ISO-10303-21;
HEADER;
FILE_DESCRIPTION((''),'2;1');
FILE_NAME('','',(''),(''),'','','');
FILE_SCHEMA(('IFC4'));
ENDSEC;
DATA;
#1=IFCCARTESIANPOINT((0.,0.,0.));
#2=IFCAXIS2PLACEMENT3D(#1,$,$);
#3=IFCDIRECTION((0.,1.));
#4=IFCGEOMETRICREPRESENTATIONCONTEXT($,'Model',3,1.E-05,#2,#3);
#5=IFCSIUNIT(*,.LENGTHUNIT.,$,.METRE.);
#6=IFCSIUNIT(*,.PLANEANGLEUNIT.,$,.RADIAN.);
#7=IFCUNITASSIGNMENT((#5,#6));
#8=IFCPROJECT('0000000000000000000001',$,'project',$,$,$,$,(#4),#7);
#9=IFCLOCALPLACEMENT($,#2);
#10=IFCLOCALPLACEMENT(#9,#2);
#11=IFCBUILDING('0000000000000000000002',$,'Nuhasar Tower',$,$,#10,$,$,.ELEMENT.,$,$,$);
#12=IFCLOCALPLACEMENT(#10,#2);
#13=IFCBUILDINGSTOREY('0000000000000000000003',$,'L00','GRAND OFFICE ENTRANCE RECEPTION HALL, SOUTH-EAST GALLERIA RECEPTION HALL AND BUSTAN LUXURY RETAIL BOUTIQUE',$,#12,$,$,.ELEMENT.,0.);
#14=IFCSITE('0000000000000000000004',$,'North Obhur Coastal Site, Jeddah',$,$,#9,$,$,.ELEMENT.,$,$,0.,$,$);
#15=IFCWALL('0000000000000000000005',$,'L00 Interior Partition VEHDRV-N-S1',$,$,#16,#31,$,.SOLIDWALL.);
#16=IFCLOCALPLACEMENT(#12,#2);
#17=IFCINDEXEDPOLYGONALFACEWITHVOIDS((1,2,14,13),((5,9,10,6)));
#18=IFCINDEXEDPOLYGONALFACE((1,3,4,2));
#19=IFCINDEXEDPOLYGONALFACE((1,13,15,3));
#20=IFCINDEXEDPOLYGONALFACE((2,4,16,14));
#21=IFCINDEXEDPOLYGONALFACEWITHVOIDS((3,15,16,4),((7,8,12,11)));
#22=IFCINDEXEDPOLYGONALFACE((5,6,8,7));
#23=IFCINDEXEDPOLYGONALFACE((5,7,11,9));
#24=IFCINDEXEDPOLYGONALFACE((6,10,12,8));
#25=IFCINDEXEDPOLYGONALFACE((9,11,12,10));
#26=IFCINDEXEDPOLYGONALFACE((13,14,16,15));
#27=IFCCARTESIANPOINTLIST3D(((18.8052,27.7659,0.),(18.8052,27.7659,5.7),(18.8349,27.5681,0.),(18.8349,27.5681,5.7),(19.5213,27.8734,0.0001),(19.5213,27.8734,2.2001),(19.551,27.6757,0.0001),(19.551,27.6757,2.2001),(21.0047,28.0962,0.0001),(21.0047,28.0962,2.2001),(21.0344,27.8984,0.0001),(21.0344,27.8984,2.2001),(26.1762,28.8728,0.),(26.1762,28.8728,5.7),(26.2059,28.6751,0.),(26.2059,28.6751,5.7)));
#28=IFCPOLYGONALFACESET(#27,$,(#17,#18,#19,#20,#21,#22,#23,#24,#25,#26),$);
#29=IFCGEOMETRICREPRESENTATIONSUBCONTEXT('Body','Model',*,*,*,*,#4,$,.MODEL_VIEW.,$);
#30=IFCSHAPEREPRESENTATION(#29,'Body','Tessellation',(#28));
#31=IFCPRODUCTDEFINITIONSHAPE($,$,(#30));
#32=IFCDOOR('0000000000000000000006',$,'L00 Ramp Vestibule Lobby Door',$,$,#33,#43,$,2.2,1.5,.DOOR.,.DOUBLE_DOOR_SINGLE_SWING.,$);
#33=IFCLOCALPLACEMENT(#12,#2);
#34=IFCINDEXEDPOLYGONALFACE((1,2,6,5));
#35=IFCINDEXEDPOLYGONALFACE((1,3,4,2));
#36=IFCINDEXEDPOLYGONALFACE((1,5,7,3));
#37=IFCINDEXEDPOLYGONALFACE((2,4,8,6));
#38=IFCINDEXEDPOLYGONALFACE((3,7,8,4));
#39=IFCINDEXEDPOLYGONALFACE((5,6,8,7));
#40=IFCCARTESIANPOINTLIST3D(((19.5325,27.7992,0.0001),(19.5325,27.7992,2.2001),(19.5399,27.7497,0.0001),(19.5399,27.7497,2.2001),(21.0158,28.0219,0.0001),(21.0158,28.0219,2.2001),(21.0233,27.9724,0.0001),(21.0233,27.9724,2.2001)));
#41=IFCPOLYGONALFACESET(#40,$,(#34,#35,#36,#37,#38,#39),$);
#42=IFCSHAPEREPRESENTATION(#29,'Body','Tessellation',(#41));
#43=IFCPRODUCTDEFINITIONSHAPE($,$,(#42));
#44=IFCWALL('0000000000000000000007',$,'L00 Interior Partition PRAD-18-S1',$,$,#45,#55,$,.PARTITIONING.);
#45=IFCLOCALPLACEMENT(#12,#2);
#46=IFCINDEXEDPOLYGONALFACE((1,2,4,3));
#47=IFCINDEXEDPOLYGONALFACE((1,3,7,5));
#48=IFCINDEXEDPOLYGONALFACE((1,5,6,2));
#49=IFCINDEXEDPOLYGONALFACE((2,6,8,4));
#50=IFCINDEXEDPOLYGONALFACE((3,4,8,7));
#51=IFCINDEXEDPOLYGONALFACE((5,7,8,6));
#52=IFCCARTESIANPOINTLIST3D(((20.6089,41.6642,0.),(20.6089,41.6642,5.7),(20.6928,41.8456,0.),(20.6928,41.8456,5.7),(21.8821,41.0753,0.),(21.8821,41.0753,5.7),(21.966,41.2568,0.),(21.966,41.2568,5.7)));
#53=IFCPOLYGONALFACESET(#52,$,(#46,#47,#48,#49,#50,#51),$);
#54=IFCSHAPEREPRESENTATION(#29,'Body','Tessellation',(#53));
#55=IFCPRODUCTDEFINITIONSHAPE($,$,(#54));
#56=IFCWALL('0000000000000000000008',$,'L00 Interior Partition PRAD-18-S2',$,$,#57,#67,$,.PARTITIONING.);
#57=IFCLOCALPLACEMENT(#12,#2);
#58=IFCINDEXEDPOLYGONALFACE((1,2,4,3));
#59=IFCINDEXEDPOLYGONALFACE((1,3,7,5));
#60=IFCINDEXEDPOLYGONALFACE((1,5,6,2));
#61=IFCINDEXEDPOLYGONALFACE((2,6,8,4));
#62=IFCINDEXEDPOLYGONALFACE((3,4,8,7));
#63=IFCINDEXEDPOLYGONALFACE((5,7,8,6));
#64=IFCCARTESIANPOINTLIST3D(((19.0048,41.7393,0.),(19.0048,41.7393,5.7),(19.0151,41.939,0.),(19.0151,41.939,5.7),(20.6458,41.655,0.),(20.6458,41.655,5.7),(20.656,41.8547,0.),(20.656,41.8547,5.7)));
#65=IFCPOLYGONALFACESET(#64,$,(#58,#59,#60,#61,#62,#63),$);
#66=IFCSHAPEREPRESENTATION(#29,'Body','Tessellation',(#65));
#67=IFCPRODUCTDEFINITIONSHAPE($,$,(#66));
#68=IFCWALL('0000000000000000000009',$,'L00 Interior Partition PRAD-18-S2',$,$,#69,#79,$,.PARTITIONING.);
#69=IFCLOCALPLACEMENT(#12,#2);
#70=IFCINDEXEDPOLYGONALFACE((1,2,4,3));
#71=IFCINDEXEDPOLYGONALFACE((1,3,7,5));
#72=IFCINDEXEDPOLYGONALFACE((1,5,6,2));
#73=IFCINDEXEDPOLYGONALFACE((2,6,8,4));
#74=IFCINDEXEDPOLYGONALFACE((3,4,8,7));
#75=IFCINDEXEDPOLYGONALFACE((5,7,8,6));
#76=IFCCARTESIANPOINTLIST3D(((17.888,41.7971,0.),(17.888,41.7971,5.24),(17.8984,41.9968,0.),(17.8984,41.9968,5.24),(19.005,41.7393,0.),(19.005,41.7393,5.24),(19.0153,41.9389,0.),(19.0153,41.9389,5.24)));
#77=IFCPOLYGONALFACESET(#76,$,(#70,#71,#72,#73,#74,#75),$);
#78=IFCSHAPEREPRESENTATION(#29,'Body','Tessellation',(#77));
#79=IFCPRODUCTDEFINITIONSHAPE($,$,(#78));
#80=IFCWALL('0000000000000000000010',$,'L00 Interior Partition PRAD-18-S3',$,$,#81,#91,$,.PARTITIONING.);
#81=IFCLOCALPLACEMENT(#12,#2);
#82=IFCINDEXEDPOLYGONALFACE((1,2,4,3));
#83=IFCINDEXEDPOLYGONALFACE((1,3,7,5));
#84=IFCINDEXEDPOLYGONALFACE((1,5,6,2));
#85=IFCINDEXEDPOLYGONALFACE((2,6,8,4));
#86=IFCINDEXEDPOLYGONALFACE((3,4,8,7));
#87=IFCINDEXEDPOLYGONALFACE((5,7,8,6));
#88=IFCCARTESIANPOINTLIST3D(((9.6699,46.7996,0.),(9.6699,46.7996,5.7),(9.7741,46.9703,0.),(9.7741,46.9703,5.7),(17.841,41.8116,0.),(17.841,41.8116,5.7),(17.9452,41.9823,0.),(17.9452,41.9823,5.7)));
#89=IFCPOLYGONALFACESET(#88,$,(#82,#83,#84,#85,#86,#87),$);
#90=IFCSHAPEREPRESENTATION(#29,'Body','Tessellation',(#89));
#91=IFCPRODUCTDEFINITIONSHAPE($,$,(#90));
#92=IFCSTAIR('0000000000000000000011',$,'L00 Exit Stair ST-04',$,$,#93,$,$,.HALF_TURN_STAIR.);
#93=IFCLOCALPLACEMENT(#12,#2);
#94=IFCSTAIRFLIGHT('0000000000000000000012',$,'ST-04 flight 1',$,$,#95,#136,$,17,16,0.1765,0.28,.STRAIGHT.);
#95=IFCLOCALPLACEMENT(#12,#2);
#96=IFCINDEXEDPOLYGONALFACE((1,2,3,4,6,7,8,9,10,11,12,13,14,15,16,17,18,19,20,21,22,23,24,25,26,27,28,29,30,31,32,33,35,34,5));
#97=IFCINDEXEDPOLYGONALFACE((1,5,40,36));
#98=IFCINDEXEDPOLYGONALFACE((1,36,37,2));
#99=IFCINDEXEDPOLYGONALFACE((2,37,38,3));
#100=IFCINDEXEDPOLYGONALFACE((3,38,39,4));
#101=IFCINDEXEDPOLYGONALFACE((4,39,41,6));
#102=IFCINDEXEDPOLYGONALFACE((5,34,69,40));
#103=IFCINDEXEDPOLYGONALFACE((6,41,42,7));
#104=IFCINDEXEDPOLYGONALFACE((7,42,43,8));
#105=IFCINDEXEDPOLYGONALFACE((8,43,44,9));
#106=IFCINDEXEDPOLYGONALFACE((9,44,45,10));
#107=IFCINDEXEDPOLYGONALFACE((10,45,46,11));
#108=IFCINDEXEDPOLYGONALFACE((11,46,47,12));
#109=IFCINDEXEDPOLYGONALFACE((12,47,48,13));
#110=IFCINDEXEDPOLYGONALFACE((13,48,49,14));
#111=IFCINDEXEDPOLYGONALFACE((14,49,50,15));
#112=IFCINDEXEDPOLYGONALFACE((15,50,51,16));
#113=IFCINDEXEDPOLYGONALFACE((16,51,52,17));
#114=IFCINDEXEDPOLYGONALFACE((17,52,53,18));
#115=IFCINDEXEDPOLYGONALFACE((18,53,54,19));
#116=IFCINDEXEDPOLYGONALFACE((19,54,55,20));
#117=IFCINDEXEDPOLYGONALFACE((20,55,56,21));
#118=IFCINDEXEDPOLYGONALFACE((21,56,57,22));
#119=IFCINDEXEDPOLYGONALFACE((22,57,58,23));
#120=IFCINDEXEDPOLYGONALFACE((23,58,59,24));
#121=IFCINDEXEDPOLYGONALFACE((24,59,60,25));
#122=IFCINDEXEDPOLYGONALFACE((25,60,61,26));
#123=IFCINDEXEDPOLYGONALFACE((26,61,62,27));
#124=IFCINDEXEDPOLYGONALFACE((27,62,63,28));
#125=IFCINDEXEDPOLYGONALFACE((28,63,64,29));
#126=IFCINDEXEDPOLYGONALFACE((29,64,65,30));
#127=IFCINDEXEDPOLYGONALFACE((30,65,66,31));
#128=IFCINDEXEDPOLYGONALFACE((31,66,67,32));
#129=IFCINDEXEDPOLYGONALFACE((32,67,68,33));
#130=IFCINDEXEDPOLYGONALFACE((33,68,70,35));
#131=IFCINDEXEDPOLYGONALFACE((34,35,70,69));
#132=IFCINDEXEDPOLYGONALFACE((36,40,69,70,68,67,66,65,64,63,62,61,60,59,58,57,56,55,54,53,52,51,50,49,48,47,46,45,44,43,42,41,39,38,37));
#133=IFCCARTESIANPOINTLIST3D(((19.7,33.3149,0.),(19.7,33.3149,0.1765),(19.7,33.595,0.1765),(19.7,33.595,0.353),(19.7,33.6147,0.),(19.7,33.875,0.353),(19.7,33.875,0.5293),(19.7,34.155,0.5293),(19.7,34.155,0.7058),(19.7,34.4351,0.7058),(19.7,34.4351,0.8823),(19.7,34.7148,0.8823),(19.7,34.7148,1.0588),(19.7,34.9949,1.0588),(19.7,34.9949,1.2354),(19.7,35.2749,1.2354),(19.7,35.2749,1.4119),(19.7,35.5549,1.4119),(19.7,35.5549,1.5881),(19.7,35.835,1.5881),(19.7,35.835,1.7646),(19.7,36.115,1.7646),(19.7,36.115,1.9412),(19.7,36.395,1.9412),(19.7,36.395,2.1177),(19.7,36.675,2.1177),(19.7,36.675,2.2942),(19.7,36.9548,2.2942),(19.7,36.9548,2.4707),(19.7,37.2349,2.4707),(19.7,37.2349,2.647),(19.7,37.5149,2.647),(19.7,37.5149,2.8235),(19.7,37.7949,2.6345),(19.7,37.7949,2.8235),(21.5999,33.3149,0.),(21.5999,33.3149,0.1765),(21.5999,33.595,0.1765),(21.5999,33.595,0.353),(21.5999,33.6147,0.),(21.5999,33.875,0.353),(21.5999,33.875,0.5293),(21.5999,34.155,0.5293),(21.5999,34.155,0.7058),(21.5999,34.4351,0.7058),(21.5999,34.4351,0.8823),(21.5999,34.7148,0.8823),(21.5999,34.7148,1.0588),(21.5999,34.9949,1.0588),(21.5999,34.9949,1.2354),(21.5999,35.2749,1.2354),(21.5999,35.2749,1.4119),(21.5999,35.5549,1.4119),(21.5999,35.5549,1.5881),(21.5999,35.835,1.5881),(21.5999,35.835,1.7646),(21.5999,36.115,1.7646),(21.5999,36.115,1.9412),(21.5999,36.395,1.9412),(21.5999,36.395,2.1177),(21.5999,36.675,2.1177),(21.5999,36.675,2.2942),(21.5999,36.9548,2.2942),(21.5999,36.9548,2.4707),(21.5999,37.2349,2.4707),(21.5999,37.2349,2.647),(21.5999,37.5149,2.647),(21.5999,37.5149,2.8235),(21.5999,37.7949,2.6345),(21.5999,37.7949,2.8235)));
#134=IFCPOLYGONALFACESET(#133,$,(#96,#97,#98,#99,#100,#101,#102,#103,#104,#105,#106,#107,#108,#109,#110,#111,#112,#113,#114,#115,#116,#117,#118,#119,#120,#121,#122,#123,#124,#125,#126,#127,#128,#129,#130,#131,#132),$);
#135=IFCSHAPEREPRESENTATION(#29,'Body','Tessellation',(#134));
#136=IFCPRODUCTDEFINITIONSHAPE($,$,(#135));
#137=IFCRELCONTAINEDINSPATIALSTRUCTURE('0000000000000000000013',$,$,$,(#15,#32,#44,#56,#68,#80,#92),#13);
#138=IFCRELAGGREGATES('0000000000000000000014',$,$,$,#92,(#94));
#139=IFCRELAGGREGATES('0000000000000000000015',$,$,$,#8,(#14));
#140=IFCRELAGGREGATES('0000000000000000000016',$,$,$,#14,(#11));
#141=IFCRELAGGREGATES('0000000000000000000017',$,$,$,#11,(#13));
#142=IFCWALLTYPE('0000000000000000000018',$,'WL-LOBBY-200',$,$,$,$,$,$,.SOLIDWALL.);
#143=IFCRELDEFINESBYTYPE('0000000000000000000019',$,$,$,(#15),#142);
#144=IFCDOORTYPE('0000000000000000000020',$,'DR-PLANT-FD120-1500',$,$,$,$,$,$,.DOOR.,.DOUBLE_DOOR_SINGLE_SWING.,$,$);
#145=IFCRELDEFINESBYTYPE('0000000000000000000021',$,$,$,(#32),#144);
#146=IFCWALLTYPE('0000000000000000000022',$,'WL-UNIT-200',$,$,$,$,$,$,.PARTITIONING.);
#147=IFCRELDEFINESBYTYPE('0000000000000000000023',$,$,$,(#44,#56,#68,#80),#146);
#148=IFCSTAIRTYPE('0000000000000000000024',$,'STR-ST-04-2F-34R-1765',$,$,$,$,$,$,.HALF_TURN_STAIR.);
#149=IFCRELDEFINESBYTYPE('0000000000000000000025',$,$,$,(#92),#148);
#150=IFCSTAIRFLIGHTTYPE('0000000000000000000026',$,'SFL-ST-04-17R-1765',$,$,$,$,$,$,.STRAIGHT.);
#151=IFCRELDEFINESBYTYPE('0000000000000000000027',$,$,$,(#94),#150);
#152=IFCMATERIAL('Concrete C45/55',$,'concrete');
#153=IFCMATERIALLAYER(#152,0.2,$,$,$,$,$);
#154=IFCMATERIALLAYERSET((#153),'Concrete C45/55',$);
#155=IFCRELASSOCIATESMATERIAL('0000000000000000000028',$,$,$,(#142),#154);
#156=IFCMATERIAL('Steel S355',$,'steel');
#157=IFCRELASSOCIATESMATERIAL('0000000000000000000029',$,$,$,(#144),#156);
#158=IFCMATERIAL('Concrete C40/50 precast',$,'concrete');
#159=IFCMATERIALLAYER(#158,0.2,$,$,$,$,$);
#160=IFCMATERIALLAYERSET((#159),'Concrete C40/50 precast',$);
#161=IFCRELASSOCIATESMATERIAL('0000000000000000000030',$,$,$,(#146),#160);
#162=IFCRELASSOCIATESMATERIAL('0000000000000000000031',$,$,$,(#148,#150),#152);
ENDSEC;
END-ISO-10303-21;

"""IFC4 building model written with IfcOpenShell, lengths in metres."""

from ifc_helpers import new_model, si_unit, direction, frame, frame_2d, origin, place, context, subcontext, project, spatial, polyline, rectangle, outline, extrude, material, layer, layer_set, type_object, element, fill, aggregate, save


model = new_model("IFC4")

# Units and contexts
model_context = context("Model", 3, precision=1e-05, world=origin(), true_north=direction((0.0, 1.0)))
body_context = subcontext(model_context, "Body", "Model", "MODEL_VIEW")
ifc_project = project(units=[si_unit("LENGTHUNIT", "METRE"), si_unit("PLANEANGLEUNIT", "RADIAN")], contexts=[model_context])

# Site, building, storey
site_placement = place(None, origin())
site = spatial("IfcSite", under=ifc_project, at=site_placement, Name="North Obhur Coastal Site, Jeddah", CompositionType="ELEMENT", RefElevation=0.0)
building_placement = place(site_placement, origin())
building = spatial("IfcBuilding", under=site, at=building_placement, Name="Nuhasar Tower", CompositionType="ELEMENT")
storey_placement = place(building_placement, origin())
storey = spatial("IfcBuildingStorey", under=building, at=storey_placement, Name="L00", Description="GRAND OFFICE ENTRANCE RECEPTION HALL, SOUTH-EAST GALLERIA RECEPTION HALL AND BUSTAN LUXURY RETAIL BOUTIQUE", CompositionType="ELEMENT", Elevation=0.0)

# Shared definitions
ifc_material_1 = material(Name="Steel S355", Category="steel")

# Wall, opening, door
ifc_material_2 = material(Name="Concrete C45/55", Category="concrete")
ifc_layer_1 = layer(ifc_material_2, 0.2)
ifc_layer_set_1 = layer_set([ifc_layer_1], Name="Concrete C45/55")
wall_type_1 = type_object("IfcWallType", Name="WL-LOBBY-200", PredefinedType="SOLIDWALL", material=ifc_layer_set_1)
wall_1_placement = place(storey_placement, frame((18.8201, 27.667, 0.0), z_axis=(0.0, 0.0, 1.0), x_axis=(0.988911, 0.148512, 0.0)))
wall_1 = element("IfcWall", 1, at=wall_1_placement, inside=storey, type_object=wall_type_1, Name="L00 Interior Partition VEHDRV-N-S1", PredefinedType="SOLIDWALL", context=body_context, shape_type="SweptSolid", body=[
    extrude(rectangle(XDim=7.4536, YDim=0.2, at=frame_2d((3.7268, 0.0))), origin(), (0.0, 0.0, 1.0), 5.7),
])
opening_placement = place(wall_1_placement, frame((0.7241, 0.0, 0.0)))
opening = element("IfcOpeningElement", 2, at=opening_placement, cuts=wall_1, PredefinedType="OPENING", context=body_context, shape_type="SweptSolid", body=[
    extrude(rectangle(XDim=1.5, YDim=2.2, at=frame_2d((0.75, 1.1001))), frame((0.0, 0.1099, 0.0), z_axis=(0.0, -1.0, 0.0), x_axis=(1.0, 0.0, 0.0)), (0.0, 0.0, 1.0), 0.22),
])
door_type = type_object("IfcDoorType", Name="DR-PLANT-FD120-1500", OperationType="DOUBLE_DOOR_SINGLE_SWING", PredefinedType="DOOR", material=ifc_material_1)
door_placement = place(opening_placement, origin())
door = element("IfcDoor", 3, at=door_placement, inside=storey, type_object=door_type, Name="L00 Ramp Vestibule Lobby Door", OperationType="DOUBLE_DOOR_SINGLE_SWING", OverallHeight=2.2, OverallWidth=1.5, PredefinedType="DOOR", context=body_context, shape_type="SweptSolid", body=[
    extrude(rectangle(XDim=1.5, YDim=2.2, at=frame_2d((0.75, 1.1001))), frame((0.0, 0.0249, 0.0), z_axis=(0.0, -1.0, 0.0), x_axis=(1.0, 0.0, 0.0)), (0.0, 0.0, 1.0), 0.05),
])
fill(opening, door)

# Walls
ifc_material_3 = material(Name="Concrete C40/50 precast", Category="concrete")
ifc_layer_2 = layer(ifc_material_3, 0.2)
ifc_layer_set_2 = layer_set([ifc_layer_2], Name="Concrete C40/50 precast")
wall_type_2 = type_object("IfcWallType", Name="WL-UNIT-200", PredefinedType="PARTITIONING", material=ifc_layer_set_2)
wall_2_placement = place(storey_placement, frame((21.9241, 41.166, 0.0), z_axis=(0.0, 0.0, 1.0), x_axis=(-0.907623, 0.419786, 0.0)))
element("IfcWall", 4, at=wall_2_placement, inside=storey, type_object=wall_type_2, Name="L00 Interior Partition PRAD-18-S1", PredefinedType="PARTITIONING", context=body_context, shape_type="SweptSolid", body=[
    extrude(rectangle(XDim=1.4028, YDim=0.2, at=frame_2d((0.7014, 0.0))), origin(), (0.0, 0.0, 1.0), 5.7),
])
wall_3_placement = place(storey_placement, frame((20.6509, 41.7549, 0.0), z_axis=(0.0, 0.0, 1.0), x_axis=(-0.998685, 0.051264, 0.0)))
element("IfcWall", 5, at=wall_3_placement, inside=storey, type_object=wall_type_2, Name="L00 Interior Partition PRAD-18-S2", PredefinedType="PARTITIONING", context=body_context, shape_type="SweptSolid", body=[
    extrude(rectangle(XDim=1.6431, YDim=0.2, at=frame_2d((0.8215, 0.0))), origin(), (0.0, 0.0, 1.0), 5.7),
])
wall_4_placement = place(storey_placement, frame((19.01, 41.8391, 0.0), z_axis=(0.0, 0.0, 1.0), x_axis=(-0.998661, 0.051734, 0.0)))
element("IfcWall", 6, at=wall_4_placement, inside=storey, type_object=wall_type_2, Name="L00 Interior Partition PRAD-18-S2", PredefinedType="PARTITIONING", context=body_context, shape_type="SweptSolid", body=[
    extrude(rectangle(XDim=1.1184, YDim=0.2, at=frame_2d((0.5591, 0.0))), origin(), (0.0, 0.0, 1.0), 5.24),
])
wall_5_placement = place(storey_placement, frame((17.8931, 41.897, 0.0), z_axis=(0.0, 0.0, 1.0), x_axis=(-0.853535, 0.521036, 0.0)))
element("IfcWall", 7, at=wall_5_placement, inside=storey, type_object=wall_type_2, Name="L00 Interior Partition PRAD-18-S3", PredefinedType="PARTITIONING", context=body_context, shape_type="SweptSolid", body=[
    extrude(rectangle(XDim=9.5732, YDim=0.2, at=frame_2d((4.7866, 0.0))), origin(), (0.0, 0.0, 1.0), 5.7),
])

# Stair, stair flight
stair_type = type_object("IfcStairType", Name="STR-ST-04-2F-34R-1765", PredefinedType="HALF_TURN_STAIR", material=ifc_material_2)
stair_placement = place(storey_placement, origin())
stair = element("IfcStair", 8, at=stair_placement, inside=storey, type_object=stair_type, Name="L00 Exit Stair ST-04", PredefinedType="HALF_TURN_STAIR")
stair_flight_type = type_object("IfcStairFlightType", Name="SFL-ST-04-17R-1765", PredefinedType="STRAIGHT", material=ifc_material_2)
stair_flight_placement = place(storey_placement, frame((20.6499, 33.3149, 0.0), z_axis=(0.0, 0.0, 1.0), x_axis=(0.0, 1.0, 0.0)))
stair_flight = element("IfcStairFlight", 9, at=stair_flight_placement, type_object=stair_flight_type, Name="ST-04 flight 1", NumberOfRisers=17, NumberOfTreads=16, PredefinedType="STRAIGHT", RiserHeight=0.1765, TreadLength=0.28, context=body_context, shape_type="SweptSolid", body=[
    extrude(outline(polyline([(0.0, 0.0), (0.0, 0.1765), (0.28, 0.1765), (0.28, 0.353), (0.5601, 0.353), (0.5601, 0.5293), (0.8401, 0.5293), (0.8401, 0.7058), (1.1201, 0.7058), (1.1201, 0.8823), (1.3999, 0.8823), (1.3999, 1.0588), (1.6799, 1.0588), (1.6799, 1.2354), (1.96, 1.2354), (1.96, 1.4119), (2.24, 1.4119), (2.24, 1.5881), (2.52, 1.5881), (2.52, 1.7646), (2.8, 1.7646), (2.8, 1.9412), (3.0801, 1.9412), (3.0801, 2.1177), (3.3601, 2.1177), (3.3601, 2.2942), (3.6399, 2.2942), (3.6399, 2.4707), (3.9199, 2.4707), (3.9199, 2.647), (4.2, 2.647), (4.2, 2.8235), (4.48, 2.8235), (4.48, 3.0), (4.48, 2.6345), (0.2998, 0.0), (0.0, 0.0)])), frame((0.0, 0.95, 0.0), z_axis=(0.0, -1.0, 0.0), x_axis=(1.0, 0.0, 0.0)), (0.0, 0.0, 1.0), 1.8999),
])
aggregate(stair, [stair_flight])

save(model, "model.ifc")
